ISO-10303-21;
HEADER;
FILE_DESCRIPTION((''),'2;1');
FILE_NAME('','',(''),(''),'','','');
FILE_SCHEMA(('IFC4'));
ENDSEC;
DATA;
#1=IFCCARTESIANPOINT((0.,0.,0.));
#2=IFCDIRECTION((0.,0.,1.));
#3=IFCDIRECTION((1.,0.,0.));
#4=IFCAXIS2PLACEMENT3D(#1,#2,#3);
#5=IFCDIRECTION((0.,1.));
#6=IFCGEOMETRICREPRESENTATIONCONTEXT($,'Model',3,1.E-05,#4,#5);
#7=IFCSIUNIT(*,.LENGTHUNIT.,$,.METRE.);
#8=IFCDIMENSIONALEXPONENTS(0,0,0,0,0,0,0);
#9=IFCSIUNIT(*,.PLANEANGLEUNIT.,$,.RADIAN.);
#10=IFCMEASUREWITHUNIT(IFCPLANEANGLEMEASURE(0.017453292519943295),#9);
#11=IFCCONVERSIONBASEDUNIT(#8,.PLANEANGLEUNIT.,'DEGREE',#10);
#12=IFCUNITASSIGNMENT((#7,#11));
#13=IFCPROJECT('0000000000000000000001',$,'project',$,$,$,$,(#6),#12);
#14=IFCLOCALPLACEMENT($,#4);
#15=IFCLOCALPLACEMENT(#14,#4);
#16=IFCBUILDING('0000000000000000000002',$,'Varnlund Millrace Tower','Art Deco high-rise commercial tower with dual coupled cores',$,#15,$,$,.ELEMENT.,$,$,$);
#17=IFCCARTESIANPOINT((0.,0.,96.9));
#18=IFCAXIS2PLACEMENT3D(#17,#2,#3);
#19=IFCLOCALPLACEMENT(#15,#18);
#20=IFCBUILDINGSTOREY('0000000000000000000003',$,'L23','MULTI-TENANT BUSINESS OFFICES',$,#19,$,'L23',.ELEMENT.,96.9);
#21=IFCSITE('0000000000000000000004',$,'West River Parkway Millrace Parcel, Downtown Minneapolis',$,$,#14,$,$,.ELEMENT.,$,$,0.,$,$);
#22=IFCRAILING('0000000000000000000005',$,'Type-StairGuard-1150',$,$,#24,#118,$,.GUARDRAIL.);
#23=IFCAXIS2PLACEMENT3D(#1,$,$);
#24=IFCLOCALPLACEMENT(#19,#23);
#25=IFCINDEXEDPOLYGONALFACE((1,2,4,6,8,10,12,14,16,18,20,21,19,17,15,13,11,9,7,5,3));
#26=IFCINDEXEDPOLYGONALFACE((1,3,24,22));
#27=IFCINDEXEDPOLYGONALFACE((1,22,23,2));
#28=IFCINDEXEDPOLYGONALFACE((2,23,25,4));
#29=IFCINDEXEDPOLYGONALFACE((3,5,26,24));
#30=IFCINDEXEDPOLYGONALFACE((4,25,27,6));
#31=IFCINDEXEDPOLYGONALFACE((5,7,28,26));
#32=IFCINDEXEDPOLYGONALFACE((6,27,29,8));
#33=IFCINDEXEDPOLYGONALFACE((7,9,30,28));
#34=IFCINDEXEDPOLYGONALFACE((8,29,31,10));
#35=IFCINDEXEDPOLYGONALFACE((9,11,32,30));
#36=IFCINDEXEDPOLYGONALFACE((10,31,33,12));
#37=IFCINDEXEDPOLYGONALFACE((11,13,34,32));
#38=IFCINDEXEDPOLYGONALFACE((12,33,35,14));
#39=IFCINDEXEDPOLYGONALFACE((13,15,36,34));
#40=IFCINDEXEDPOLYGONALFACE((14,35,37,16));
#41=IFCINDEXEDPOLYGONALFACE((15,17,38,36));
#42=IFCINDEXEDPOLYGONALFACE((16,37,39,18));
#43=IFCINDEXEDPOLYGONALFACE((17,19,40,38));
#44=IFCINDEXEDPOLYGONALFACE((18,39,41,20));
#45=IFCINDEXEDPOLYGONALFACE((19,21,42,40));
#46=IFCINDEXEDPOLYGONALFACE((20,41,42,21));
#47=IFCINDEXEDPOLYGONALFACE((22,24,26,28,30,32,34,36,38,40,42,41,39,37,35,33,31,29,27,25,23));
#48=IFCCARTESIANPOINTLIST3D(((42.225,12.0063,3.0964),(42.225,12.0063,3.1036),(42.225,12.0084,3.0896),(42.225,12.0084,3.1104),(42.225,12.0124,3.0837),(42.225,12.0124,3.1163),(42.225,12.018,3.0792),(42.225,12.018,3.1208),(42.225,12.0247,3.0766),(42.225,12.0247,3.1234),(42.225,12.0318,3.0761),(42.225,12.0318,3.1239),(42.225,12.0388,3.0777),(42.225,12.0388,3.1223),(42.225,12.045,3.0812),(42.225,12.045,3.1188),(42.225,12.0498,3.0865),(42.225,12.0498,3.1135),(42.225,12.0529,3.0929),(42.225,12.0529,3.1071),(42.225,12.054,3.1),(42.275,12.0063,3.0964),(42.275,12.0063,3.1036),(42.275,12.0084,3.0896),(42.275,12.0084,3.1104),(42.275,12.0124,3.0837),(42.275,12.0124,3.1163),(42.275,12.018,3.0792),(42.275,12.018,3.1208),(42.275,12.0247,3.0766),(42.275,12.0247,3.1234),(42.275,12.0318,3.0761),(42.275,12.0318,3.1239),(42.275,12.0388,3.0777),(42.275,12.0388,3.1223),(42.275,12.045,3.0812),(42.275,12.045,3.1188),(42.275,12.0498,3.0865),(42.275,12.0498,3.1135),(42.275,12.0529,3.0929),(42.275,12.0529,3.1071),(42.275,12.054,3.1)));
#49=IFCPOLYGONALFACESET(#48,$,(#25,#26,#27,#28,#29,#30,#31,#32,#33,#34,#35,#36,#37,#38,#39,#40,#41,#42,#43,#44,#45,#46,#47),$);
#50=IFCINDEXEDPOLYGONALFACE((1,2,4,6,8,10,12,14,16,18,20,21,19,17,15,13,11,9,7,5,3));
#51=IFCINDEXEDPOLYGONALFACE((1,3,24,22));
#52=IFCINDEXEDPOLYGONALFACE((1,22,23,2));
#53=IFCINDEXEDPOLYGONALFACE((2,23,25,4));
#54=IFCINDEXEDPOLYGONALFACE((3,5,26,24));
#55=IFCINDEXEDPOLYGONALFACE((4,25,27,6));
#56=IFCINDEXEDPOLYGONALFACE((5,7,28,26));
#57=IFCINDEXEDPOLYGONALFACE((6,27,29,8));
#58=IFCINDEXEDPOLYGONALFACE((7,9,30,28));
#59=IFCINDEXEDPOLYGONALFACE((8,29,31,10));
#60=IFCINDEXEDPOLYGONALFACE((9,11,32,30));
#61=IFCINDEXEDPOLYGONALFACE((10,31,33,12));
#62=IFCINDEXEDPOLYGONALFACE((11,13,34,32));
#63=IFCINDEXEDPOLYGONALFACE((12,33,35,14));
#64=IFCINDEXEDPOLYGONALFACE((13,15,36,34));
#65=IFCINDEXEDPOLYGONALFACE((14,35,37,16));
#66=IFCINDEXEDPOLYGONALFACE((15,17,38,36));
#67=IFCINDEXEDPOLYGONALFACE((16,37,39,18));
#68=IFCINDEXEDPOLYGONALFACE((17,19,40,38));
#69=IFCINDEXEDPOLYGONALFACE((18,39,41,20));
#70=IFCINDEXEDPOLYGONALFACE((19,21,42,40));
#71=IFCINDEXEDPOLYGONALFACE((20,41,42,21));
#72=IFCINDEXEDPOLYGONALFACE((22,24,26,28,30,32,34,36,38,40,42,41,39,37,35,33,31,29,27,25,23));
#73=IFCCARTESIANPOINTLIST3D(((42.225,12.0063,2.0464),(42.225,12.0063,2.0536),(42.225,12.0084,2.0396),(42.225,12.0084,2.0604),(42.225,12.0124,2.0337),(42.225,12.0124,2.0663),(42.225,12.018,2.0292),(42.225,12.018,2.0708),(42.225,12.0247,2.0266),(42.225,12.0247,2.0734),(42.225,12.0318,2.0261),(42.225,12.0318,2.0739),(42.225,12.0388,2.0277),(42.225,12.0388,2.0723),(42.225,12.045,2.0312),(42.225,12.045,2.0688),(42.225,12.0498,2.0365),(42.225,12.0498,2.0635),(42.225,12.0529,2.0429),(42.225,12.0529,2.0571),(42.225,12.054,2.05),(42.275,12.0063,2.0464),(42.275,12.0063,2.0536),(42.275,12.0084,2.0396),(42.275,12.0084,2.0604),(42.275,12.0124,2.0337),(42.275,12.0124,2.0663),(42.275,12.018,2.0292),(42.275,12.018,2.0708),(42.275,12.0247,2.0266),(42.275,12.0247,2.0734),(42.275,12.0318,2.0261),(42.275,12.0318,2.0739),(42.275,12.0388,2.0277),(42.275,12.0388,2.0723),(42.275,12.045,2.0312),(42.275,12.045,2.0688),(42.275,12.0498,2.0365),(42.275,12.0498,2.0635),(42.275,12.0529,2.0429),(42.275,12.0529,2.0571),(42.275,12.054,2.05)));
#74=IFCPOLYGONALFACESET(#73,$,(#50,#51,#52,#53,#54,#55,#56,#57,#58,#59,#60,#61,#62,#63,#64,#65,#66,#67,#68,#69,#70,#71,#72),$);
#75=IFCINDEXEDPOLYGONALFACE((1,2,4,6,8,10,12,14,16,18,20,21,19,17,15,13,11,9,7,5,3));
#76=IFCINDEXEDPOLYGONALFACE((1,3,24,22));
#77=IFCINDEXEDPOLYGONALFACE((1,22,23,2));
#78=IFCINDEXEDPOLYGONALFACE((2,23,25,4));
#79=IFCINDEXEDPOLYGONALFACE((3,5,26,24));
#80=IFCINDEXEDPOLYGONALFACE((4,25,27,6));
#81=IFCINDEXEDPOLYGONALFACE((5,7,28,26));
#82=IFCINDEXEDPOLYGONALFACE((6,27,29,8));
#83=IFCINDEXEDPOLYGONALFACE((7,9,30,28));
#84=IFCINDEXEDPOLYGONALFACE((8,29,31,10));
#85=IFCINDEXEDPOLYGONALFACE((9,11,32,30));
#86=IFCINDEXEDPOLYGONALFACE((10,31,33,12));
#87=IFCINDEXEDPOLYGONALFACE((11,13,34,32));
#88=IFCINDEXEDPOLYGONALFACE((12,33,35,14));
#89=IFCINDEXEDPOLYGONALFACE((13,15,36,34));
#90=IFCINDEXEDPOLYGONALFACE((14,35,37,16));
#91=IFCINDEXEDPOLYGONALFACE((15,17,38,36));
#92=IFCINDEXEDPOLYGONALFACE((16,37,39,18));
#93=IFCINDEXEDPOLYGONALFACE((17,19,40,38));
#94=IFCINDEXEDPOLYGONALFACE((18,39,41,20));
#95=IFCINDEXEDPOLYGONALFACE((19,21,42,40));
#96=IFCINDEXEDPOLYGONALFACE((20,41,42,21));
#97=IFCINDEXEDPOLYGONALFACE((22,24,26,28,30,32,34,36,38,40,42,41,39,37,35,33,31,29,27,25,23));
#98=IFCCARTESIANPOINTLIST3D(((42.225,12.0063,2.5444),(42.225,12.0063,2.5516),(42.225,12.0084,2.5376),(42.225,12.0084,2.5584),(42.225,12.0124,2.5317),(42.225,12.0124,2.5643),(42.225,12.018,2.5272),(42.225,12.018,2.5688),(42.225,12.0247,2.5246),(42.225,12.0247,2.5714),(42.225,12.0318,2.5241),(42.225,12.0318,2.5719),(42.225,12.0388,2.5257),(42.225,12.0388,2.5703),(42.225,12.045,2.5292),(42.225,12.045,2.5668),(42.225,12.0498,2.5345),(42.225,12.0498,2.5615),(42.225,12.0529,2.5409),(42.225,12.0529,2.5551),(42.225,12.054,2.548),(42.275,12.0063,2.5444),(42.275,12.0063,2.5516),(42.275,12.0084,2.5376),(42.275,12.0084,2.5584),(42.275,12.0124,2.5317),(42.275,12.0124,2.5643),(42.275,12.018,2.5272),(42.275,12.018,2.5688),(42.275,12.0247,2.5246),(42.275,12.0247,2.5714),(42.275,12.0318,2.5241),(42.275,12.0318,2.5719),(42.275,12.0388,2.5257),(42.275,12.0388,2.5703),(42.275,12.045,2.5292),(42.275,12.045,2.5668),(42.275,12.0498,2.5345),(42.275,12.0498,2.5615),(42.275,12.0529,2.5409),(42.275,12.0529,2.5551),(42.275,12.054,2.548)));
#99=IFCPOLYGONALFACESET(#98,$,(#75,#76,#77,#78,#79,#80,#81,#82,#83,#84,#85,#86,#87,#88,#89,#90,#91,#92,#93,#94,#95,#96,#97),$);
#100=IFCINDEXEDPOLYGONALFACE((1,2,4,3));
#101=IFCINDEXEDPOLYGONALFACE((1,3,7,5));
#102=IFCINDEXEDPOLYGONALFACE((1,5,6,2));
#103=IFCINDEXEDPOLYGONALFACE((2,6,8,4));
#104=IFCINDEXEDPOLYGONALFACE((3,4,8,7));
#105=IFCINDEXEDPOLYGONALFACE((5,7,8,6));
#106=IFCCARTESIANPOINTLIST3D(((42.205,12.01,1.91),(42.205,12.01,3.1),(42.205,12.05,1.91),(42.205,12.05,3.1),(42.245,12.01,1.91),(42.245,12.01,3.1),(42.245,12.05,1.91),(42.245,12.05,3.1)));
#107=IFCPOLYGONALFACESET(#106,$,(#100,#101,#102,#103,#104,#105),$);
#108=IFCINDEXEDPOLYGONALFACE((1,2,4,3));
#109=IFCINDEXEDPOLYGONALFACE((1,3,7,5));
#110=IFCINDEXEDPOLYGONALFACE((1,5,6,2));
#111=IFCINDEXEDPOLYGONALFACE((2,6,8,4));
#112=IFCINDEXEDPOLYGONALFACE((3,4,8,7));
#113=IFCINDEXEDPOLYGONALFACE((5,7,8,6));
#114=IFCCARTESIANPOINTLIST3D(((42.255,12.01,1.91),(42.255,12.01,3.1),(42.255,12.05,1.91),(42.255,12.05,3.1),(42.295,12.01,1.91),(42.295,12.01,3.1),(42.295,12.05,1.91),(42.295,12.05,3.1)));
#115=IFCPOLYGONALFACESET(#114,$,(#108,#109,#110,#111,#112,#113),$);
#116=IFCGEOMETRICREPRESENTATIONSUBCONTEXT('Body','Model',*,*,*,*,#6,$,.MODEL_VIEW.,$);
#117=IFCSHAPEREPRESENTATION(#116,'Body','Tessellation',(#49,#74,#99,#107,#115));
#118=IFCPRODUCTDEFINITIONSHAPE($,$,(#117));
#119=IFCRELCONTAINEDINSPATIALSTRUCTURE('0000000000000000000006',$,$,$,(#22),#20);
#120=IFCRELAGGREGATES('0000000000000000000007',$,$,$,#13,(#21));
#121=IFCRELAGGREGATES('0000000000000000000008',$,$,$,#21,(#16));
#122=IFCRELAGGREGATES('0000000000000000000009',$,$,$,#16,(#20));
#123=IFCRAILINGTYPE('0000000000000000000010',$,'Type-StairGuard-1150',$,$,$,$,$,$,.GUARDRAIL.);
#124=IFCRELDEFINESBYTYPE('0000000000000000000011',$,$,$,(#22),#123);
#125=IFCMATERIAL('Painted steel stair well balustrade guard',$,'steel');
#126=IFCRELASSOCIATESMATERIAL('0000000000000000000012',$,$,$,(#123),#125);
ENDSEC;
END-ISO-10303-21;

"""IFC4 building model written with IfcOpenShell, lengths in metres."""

from ifc_helpers import new_model, entity, si_unit, converted_unit, direction, frame, origin_with_axes, origin_2d_with_axis, place, context, subcontext, project, spatial, rectangle, circle, extrude, material, type_object, element, save


model = new_model("IFC4")

# Units and contexts
model_context = context("Model", 3, precision=1e-05, world=origin_with_axes(), true_north=direction((0.0, 1.0)))
body_context = subcontext(model_context, "Body", "Model", "MODEL_VIEW")
ifc_project = project(units=[si_unit("LENGTHUNIT", "METRE"), converted_unit("PLANEANGLEUNIT", "DEGREE", entity("IfcPlaneAngleMeasure", 0.017453292519943295), si_unit("PLANEANGLEUNIT", "RADIAN"), dimensions=[0, 0, 0, 0, 0, 0, 0])], contexts=[model_context])

# Site, building, storey
site_placement = place(None, origin_with_axes())
site = spatial("IfcSite", under=ifc_project, at=site_placement, Name="West River Parkway Millrace Parcel, Downtown Minneapolis", CompositionType="ELEMENT", RefElevation=0.0)
building_placement = place(site_placement, origin_with_axes())
building = spatial("IfcBuilding", under=site, at=building_placement, Name="Varnlund Millrace Tower", Description="Art Deco high-rise commercial tower with dual coupled cores", CompositionType="ELEMENT")
storey_placement = place(building_placement, frame((0.0, 0.0, 96.9), z_axis=(0.0, 0.0, 1.0), x_axis=(1.0, 0.0, 0.0)))
storey = spatial("IfcBuildingStorey", under=building, at=storey_placement, Name="L23", Description="MULTI-TENANT BUSINESS OFFICES", LongName="L23", CompositionType="ELEMENT", Elevation=96.9)

# Railing
ifc_material_1 = material(Name="Painted steel stair well balustrade guard", Category="steel")
railing_type_1 = type_object("IfcRailingType", Name="Type-StairGuard-1150", PredefinedType="GUARDRAIL", material=ifc_material_1)
railing_1_placement = place(storey_placement, frame((0.0, 0.0, -96.9), z_axis=(0.0, 0.0, 1.0), x_axis=(1.0, 0.0, 0.0)))
element("IfcRailing", 1, at=railing_1_placement, inside=storey, type_object=railing_type_1, Name="Type-StairGuard-1150", PredefinedType="GUARDRAIL", context=body_context, shape_type="SweptSolid", body=[
    extrude(circle(Radius=0.024, at=origin_2d_with_axis()), frame((42.225, 12.03, 100.0), z_axis=(1.0, 0.0, 0.0), x_axis=(0.0, 1.0, 0.0)), (0.0, 0.0, 1.0), 0.05),
    extrude(circle(Radius=0.024, at=origin_2d_with_axis()), frame((42.225, 12.03, 98.95), z_axis=(1.0, 0.0, 0.0), x_axis=(0.0, 1.0, 0.0)), (0.0, 0.0, 1.0), 0.05),
    extrude(circle(Radius=0.024, at=origin_2d_with_axis()), frame((42.225, 12.03, 99.448), z_axis=(1.0, 0.0, 0.0), x_axis=(0.0, 1.0, 0.0)), (0.0, 0.0, 1.0), 0.05),
    extrude(rectangle(XDim=0.04, YDim=0.04, at=origin_2d_with_axis()), frame((42.225, 12.03, 98.81), z_axis=(0.0, 0.0, 1.0), x_axis=(1.0, 0.0, 0.0)), (0.0, 0.0, 1.0), 1.19),
    extrude(rectangle(XDim=0.04, YDim=0.04, at=origin_2d_with_axis()), frame((42.275, 12.03, 98.81), z_axis=(0.0, 0.0, 1.0), x_axis=(1.0, 0.0, 0.0)), (0.0, 0.0, 1.0), 1.19),
])

save(model, "model.ifc")
